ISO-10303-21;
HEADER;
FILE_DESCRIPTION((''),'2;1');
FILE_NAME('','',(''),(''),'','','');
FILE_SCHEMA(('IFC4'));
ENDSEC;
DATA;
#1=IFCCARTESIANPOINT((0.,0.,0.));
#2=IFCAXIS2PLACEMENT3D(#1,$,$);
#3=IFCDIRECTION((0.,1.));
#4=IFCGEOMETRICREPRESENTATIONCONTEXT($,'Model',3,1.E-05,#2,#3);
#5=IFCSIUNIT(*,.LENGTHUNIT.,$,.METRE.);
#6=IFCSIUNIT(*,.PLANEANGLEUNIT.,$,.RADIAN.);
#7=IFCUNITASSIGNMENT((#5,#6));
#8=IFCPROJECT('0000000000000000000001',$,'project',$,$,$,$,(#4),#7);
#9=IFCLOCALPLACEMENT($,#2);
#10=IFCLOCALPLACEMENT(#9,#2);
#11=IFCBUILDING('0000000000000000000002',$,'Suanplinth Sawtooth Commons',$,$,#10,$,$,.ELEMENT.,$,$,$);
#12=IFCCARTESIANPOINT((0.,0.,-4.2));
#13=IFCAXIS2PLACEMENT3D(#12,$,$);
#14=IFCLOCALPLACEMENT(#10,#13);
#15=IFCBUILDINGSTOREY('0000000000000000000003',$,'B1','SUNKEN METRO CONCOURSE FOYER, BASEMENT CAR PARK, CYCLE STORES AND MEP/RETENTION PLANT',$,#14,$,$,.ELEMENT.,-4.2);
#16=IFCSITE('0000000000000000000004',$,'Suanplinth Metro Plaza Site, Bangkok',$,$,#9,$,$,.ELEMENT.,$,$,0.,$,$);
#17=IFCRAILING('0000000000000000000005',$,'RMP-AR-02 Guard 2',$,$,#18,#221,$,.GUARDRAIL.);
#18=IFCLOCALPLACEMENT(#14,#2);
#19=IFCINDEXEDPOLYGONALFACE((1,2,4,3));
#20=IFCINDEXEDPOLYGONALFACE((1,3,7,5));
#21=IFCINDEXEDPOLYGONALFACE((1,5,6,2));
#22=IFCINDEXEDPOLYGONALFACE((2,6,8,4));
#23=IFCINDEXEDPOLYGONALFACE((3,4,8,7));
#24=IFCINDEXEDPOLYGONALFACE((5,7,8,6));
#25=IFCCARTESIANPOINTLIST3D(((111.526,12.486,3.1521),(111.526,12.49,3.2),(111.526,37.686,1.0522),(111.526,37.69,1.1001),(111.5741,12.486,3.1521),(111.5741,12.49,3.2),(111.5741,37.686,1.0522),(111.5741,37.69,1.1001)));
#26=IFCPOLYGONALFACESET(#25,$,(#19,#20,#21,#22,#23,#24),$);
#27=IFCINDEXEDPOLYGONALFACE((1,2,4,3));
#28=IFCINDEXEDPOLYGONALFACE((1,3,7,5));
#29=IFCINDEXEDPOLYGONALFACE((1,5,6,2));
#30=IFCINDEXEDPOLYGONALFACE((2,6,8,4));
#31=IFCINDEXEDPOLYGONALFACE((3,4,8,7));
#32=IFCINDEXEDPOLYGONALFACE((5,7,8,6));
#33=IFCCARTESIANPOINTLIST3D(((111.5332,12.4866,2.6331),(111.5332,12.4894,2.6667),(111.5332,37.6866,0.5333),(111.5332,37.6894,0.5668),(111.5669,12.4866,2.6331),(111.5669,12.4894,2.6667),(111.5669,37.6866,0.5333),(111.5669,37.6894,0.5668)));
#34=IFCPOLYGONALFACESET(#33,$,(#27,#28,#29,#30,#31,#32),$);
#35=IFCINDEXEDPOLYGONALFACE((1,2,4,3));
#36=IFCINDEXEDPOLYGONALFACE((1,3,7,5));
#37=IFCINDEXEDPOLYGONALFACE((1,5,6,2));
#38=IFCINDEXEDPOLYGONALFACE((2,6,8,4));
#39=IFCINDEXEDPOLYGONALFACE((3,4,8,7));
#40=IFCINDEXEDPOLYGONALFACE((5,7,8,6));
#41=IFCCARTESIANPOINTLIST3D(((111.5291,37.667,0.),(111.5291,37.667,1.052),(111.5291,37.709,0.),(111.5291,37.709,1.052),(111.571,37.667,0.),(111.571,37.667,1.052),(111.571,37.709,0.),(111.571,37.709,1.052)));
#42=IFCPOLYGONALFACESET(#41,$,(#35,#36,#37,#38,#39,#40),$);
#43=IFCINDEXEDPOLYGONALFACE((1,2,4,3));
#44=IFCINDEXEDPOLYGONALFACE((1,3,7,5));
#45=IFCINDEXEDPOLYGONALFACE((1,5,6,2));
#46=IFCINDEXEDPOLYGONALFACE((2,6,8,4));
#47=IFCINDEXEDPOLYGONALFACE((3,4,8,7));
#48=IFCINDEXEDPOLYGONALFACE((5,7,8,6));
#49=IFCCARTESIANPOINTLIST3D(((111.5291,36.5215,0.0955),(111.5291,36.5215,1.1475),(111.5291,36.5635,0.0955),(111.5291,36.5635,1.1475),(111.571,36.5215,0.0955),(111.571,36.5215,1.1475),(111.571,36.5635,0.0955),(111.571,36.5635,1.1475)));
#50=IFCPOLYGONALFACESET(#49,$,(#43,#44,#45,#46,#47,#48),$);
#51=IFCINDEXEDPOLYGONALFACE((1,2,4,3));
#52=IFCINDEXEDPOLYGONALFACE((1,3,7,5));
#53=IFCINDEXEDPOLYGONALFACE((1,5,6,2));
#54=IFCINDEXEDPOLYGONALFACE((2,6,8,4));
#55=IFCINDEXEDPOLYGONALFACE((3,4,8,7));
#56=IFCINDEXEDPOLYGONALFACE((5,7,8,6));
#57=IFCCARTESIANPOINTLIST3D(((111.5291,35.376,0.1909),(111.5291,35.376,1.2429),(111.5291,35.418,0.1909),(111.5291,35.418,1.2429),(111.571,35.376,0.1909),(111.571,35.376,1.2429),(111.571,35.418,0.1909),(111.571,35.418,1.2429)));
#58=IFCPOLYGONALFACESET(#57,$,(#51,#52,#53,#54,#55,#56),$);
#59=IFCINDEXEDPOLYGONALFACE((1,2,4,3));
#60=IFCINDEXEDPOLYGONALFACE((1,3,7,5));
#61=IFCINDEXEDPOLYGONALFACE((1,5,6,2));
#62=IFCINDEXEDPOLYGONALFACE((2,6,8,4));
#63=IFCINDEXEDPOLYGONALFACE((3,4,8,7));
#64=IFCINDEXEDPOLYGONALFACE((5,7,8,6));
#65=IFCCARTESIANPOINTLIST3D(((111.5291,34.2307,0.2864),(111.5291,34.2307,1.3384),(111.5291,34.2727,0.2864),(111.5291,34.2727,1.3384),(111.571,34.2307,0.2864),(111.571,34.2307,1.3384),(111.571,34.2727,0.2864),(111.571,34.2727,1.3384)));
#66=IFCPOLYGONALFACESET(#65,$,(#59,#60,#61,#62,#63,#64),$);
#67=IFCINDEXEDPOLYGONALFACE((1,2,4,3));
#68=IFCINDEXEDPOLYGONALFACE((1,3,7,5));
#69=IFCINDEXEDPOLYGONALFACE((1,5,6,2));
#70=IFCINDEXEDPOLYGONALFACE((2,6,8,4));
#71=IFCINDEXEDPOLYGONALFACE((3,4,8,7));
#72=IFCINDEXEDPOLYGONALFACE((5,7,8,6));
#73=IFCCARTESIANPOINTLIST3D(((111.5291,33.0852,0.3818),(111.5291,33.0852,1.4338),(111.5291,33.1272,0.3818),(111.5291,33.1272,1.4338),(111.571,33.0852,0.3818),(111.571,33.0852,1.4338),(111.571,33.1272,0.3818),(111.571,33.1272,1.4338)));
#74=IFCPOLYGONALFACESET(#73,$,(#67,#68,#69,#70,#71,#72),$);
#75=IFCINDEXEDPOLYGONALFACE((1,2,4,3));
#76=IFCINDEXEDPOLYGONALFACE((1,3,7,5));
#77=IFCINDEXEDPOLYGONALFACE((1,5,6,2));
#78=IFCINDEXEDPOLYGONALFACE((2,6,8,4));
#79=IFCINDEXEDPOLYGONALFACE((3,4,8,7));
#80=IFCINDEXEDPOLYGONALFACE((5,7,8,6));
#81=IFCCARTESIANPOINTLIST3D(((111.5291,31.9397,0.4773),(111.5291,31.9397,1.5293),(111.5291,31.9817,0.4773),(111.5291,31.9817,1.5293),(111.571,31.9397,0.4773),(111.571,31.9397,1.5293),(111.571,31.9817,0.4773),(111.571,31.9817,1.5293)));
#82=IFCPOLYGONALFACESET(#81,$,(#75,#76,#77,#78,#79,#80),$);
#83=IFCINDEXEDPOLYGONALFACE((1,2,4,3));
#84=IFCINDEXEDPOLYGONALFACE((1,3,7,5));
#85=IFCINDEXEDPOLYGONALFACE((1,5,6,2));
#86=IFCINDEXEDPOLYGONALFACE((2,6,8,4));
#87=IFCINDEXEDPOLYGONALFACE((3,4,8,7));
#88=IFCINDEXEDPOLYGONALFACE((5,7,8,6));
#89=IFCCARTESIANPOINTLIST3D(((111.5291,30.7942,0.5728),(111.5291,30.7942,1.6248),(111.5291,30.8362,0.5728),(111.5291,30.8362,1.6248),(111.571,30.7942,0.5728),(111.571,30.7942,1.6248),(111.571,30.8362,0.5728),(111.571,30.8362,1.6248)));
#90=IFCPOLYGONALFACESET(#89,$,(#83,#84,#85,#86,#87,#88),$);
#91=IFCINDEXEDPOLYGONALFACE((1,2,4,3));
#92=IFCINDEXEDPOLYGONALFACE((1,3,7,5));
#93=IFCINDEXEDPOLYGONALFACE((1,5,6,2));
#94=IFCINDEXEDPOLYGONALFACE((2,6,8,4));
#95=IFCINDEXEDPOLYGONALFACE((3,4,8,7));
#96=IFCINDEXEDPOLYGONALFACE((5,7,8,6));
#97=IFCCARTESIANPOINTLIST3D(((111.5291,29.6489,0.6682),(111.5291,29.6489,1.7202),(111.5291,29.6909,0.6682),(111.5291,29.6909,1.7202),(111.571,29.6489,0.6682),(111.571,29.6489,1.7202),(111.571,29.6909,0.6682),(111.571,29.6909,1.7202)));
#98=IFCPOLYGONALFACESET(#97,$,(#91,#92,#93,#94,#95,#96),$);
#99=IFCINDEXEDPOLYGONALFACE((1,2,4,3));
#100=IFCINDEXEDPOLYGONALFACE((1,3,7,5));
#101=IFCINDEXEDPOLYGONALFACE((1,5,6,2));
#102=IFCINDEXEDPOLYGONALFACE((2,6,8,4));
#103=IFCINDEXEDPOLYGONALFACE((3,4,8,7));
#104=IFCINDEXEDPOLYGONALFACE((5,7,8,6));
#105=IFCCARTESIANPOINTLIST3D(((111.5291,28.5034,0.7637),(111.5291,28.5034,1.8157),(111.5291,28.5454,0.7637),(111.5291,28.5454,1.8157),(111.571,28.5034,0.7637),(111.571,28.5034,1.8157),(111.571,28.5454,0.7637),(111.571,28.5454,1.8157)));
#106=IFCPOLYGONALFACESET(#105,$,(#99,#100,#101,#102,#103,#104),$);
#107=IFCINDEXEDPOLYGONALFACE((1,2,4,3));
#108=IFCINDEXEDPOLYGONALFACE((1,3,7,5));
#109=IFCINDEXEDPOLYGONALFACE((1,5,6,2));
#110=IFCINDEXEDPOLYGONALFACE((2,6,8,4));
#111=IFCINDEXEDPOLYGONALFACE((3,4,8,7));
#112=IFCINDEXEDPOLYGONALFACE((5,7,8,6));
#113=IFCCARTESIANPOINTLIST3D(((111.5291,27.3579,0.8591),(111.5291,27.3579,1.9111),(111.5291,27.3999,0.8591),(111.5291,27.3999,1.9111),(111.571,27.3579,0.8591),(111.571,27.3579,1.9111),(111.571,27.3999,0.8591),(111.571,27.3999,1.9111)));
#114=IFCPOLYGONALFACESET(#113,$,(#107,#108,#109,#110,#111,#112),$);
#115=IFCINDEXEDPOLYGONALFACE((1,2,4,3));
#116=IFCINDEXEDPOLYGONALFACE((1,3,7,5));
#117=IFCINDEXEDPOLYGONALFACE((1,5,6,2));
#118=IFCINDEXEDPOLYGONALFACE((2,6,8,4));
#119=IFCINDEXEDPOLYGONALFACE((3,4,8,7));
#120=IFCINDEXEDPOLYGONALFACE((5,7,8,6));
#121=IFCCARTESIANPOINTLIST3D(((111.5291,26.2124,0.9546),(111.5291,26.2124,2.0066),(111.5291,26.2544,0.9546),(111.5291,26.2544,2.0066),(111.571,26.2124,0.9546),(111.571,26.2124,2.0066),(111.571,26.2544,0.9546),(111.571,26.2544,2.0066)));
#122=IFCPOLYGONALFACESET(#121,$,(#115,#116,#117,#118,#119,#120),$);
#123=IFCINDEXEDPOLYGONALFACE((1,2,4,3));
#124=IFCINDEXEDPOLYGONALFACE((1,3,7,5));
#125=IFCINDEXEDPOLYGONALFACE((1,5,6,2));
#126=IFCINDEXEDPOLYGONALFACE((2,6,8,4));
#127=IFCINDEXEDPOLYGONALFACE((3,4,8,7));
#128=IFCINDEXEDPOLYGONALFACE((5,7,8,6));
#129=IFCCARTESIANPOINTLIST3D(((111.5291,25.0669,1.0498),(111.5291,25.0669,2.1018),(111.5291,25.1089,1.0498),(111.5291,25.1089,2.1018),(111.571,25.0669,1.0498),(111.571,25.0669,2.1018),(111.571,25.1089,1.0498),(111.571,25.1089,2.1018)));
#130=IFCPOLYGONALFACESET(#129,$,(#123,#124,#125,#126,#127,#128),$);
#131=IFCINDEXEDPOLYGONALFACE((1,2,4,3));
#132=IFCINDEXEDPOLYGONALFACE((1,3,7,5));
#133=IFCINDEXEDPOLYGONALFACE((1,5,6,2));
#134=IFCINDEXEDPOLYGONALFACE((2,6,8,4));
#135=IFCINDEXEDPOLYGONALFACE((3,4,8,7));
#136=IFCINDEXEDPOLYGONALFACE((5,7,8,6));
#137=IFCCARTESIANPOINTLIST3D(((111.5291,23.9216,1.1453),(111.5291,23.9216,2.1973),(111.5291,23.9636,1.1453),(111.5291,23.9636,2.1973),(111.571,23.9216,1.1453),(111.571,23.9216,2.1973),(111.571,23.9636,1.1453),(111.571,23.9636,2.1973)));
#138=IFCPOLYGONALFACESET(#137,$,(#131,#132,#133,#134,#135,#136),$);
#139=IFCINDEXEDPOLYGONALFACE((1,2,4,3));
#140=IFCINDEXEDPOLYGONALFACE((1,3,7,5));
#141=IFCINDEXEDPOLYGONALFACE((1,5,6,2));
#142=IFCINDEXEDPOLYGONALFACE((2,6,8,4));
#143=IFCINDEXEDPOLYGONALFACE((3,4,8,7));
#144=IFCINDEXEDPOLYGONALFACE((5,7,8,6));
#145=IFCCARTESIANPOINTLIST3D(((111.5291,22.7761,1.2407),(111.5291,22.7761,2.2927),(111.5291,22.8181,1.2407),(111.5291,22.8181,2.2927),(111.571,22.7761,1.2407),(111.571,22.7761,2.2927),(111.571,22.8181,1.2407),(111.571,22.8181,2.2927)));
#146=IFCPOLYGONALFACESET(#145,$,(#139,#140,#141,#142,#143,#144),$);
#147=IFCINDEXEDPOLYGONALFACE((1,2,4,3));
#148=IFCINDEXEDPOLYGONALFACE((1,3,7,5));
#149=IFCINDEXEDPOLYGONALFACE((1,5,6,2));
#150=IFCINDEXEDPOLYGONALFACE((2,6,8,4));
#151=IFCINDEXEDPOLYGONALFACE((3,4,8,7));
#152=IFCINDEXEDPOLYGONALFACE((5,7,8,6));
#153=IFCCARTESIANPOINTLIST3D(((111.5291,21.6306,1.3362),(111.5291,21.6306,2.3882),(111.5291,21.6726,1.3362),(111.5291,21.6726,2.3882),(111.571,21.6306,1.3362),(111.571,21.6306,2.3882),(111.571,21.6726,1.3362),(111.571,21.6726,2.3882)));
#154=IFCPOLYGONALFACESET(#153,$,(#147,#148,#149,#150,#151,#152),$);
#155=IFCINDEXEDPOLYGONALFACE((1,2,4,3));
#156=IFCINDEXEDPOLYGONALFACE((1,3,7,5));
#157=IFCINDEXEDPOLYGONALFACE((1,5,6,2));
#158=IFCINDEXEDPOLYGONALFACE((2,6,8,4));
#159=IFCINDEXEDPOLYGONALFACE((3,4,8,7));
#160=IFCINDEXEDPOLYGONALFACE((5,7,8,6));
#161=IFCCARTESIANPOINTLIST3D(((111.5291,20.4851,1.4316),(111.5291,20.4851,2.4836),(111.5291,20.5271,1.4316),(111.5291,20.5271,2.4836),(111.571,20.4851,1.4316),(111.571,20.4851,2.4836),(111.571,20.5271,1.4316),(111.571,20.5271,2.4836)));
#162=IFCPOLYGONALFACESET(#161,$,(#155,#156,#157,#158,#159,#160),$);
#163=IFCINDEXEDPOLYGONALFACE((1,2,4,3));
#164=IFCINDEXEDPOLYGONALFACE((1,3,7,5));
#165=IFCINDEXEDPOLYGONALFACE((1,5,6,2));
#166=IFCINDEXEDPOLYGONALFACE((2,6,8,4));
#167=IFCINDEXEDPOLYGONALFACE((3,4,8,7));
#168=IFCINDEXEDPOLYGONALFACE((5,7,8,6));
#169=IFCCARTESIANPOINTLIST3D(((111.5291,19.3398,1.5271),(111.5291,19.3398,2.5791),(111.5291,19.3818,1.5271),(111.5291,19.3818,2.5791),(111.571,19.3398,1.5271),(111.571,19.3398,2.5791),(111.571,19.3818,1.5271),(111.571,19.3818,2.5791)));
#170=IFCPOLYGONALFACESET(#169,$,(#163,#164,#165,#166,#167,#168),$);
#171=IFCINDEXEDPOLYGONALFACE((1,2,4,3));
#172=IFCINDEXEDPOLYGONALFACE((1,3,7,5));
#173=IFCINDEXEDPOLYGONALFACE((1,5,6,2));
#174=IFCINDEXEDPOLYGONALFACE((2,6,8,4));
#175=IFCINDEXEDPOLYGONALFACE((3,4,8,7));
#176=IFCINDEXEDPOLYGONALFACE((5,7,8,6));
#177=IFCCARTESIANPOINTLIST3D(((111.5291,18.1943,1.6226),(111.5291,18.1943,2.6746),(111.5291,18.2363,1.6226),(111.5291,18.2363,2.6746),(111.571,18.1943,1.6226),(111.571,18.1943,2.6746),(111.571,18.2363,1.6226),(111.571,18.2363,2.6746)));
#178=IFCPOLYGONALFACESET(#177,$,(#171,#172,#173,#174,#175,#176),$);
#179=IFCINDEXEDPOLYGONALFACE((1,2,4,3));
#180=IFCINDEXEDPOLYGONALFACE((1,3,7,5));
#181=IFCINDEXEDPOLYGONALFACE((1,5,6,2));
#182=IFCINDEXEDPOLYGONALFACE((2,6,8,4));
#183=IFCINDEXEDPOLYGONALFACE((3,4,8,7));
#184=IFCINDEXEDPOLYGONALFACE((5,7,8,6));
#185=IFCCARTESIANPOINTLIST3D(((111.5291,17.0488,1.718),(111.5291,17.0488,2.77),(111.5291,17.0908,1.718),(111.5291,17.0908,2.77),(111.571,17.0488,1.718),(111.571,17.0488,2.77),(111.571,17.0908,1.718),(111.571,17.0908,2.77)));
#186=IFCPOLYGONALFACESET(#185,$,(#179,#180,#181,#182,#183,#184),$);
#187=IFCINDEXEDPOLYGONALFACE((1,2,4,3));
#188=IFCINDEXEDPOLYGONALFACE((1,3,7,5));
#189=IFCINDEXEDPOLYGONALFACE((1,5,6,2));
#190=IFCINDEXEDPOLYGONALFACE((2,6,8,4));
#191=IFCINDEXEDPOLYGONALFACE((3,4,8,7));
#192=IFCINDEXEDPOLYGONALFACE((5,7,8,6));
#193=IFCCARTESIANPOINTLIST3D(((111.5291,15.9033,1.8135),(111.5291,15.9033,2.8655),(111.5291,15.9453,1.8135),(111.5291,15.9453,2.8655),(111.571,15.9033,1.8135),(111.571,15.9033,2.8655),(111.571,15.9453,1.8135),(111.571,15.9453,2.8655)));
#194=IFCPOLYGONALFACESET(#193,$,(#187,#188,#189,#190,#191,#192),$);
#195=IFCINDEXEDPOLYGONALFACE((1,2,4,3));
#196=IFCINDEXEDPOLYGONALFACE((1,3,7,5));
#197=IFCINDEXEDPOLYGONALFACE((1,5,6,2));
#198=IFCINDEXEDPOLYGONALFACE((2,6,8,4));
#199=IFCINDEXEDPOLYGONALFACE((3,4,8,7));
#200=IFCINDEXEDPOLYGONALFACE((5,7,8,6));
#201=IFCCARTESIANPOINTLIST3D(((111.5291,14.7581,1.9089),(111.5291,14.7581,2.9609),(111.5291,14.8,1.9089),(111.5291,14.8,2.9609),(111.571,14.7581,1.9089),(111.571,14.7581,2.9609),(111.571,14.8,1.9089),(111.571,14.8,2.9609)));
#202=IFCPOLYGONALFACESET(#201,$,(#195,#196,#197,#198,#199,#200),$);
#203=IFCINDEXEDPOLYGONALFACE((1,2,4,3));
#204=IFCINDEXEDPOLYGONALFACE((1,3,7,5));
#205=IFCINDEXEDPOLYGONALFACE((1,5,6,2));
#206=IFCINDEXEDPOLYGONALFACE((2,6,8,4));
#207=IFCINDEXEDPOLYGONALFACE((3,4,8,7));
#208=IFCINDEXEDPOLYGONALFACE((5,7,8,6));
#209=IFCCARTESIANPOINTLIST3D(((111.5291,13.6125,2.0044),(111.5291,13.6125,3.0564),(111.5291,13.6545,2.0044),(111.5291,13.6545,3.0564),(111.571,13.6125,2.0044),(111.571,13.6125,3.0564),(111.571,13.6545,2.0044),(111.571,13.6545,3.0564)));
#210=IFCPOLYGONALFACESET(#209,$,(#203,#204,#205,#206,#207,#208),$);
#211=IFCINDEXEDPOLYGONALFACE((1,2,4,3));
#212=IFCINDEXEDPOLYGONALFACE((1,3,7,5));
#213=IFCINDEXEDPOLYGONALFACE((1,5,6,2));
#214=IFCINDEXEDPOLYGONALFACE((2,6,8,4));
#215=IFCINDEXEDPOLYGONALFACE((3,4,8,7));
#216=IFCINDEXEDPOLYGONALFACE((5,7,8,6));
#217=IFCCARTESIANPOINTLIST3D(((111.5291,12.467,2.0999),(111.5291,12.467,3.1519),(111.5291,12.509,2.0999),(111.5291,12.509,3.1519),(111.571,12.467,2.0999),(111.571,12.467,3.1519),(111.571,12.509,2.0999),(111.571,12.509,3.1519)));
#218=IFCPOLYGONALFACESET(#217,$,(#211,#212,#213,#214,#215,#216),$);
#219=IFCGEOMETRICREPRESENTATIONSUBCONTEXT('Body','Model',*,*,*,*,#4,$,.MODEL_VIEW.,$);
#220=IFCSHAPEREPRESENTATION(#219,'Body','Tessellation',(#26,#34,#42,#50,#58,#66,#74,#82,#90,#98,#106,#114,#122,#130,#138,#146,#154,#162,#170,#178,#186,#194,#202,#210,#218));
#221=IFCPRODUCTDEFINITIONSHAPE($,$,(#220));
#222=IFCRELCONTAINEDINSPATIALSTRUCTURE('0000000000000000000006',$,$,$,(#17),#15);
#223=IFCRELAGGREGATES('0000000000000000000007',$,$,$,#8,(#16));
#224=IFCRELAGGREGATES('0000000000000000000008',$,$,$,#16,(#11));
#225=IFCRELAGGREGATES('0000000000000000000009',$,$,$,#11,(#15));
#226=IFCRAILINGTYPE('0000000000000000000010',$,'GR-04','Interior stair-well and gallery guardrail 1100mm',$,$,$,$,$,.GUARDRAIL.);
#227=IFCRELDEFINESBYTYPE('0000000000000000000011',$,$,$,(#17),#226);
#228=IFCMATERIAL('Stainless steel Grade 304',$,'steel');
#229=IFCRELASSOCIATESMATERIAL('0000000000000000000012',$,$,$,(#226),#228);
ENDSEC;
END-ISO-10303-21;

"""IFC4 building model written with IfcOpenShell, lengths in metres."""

from ifc_helpers import new_model, si_unit, direction, frame, origin, origin_2d, place, context, subcontext, project, spatial, rectangle, extrude, material, type_object, element, save


model = new_model("IFC4")

# Units and contexts
model_context = context("Model", 3, precision=1e-05, world=origin(), true_north=direction((0.0, 1.0)))
body_context = subcontext(model_context, "Body", "Model", "MODEL_VIEW")
ifc_project = project(units=[si_unit("LENGTHUNIT", "METRE"), si_unit("PLANEANGLEUNIT", "RADIAN")], contexts=[model_context])

# Site, building, storey
site_placement = place(None, origin())
site = spatial("IfcSite", under=ifc_project, at=site_placement, Name="Suanplinth Metro Plaza Site, Bangkok", CompositionType="ELEMENT", RefElevation=0.0)
building_placement = place(site_placement, origin())
building = spatial("IfcBuilding", under=site, at=building_placement, Name="Suanplinth Sawtooth Commons", CompositionType="ELEMENT")
storey_placement = place(building_placement, frame((0.0, 0.0, -4.2)))
storey = spatial("IfcBuildingStorey", under=building, at=storey_placement, Name="B1", Description="SUNKEN METRO CONCOURSE FOYER, BASEMENT CAR PARK, CYCLE STORES AND MEP/RETENTION PLANT", CompositionType="ELEMENT", Elevation=-4.2)

# Railing
ifc_material_1 = material(Name="Stainless steel Grade 304", Category="steel")
railing_type_1 = type_object("IfcRailingType", Name="GR-04", Description="Interior stair-well and gallery guardrail 1100mm", PredefinedType="GUARDRAIL", material=ifc_material_1)
railing_1_placement = place(storey_placement, frame((111.55, 37.688, 0.0)))
element("IfcRailing", 1, at=railing_1_placement, inside=storey, type_object=railing_type_1, Name="RMP-AR-02 Guard 2", PredefinedType="GUARDRAIL", context=body_context, shape_type="SweptSolid", body=[
    extrude(rectangle(XDim=0.0481, YDim=0.0481, at=origin_2d()), frame((0.0, 0.0, 1.0762), z_axis=(0.0, -0.996546, 0.08304), x_axis=(1.0, 0.0, 0.0)), (0.0, 0.0, 1.0), 25.2874),
    extrude(rectangle(XDim=0.0337, YDim=0.0337, at=origin_2d()), frame((0.0, 0.0, 0.55), z_axis=(0.0, -0.996546, 0.08304), x_axis=(1.0, 0.0, 0.0)), (0.0, 0.0, 1.0), 25.2874),
    extrude(rectangle(XDim=0.042, YDim=0.042, at=origin_2d()), origin(), (0.0, 0.0, 1.0), 1.052),
    extrude(rectangle(XDim=0.042, YDim=0.042, at=origin_2d()), frame((0.0, -1.1455, 0.0955)), (0.0, 0.0, 1.0), 1.052),
    extrude(rectangle(XDim=0.042, YDim=0.042, at=origin_2d()), frame((0.0, -2.291, 0.1909)), (0.0, 0.0, 1.0), 1.052),
    extrude(rectangle(XDim=0.042, YDim=0.042, at=origin_2d()), frame((0.0, -3.4363, 0.2864)), (0.0, 0.0, 1.0), 1.052),
    extrude(rectangle(XDim=0.042, YDim=0.042, at=origin_2d()), frame((0.0, -4.5818, 0.3818)), (0.0, 0.0, 1.0), 1.052),
    extrude(rectangle(XDim=0.042, YDim=0.042, at=origin_2d()), frame((0.0, -5.7273, 0.4773)), (0.0, 0.0, 1.0), 1.052),
    extrude(rectangle(XDim=0.042, YDim=0.042, at=origin_2d()), frame((0.0, -6.8728, 0.5728)), (0.0, 0.0, 1.0), 1.052),
    extrude(rectangle(XDim=0.042, YDim=0.042, at=origin_2d()), frame((0.0, -8.0181, 0.6682)), (0.0, 0.0, 1.0), 1.052),
    extrude(rectangle(XDim=0.042, YDim=0.042, at=origin_2d()), frame((0.0, -9.1636, 0.7637)), (0.0, 0.0, 1.0), 1.052),
    extrude(rectangle(XDim=0.042, YDim=0.042, at=origin_2d()), frame((0.0, -10.3091, 0.8591)), (0.0, 0.0, 1.0), 1.052),
    extrude(rectangle(XDim=0.042, YDim=0.042, at=origin_2d()), frame((0.0, -11.4546, 0.9546)), (0.0, 0.0, 1.0), 1.052),
    extrude(rectangle(XDim=0.042, YDim=0.042, at=origin_2d()), frame((0.0, -12.6001, 1.0498)), (0.0, 0.0, 1.0), 1.052),
    extrude(rectangle(XDim=0.042, YDim=0.042, at=origin_2d()), frame((0.0, -13.7454, 1.1453)), (0.0, 0.0, 1.0), 1.052),
    extrude(rectangle(XDim=0.042, YDim=0.042, at=origin_2d()), frame((0.0, -14.8909, 1.2407)), (0.0, 0.0, 1.0), 1.052),
    extrude(rectangle(XDim=0.042, YDim=0.042, at=origin_2d()), frame((0.0, -16.0364, 1.3362)), (0.0, 0.0, 1.0), 1.052),
    extrude(rectangle(XDim=0.042, YDim=0.042, at=origin_2d()), frame((0.0, -17.1819, 1.4316)), (0.0, 0.0, 1.0), 1.052),
    extrude(rectangle(XDim=0.042, YDim=0.042, at=origin_2d()), frame((0.0, -18.3271, 1.5271)), (0.0, 0.0, 1.0), 1.052),
    extrude(rectangle(XDim=0.042, YDim=0.042, at=origin_2d()), frame((0.0, -19.4727, 1.6226)), (0.0, 0.0, 1.0), 1.052),
    extrude(rectangle(XDim=0.042, YDim=0.042, at=origin_2d()), frame((0.0, -20.6182, 1.718)), (0.0, 0.0, 1.0), 1.052),
    extrude(rectangle(XDim=0.042, YDim=0.042, at=origin_2d()), frame((0.0, -21.7637, 1.8135)), (0.0, 0.0, 1.0), 1.052),
    extrude(rectangle(XDim=0.042, YDim=0.042, at=origin_2d()), frame((0.0, -22.9089, 1.9089)), (0.0, 0.0, 1.0), 1.052),
    extrude(rectangle(XDim=0.042, YDim=0.042, at=origin_2d()), frame((0.0, -24.0544, 2.0044)), (0.0, 0.0, 1.0), 1.052),
    extrude(rectangle(XDim=0.042, YDim=0.042, at=origin_2d()), frame((0.0, -25.2, 2.0999)), (0.0, 0.0, 1.0), 1.052),
])

save(model, "model.ifc")
